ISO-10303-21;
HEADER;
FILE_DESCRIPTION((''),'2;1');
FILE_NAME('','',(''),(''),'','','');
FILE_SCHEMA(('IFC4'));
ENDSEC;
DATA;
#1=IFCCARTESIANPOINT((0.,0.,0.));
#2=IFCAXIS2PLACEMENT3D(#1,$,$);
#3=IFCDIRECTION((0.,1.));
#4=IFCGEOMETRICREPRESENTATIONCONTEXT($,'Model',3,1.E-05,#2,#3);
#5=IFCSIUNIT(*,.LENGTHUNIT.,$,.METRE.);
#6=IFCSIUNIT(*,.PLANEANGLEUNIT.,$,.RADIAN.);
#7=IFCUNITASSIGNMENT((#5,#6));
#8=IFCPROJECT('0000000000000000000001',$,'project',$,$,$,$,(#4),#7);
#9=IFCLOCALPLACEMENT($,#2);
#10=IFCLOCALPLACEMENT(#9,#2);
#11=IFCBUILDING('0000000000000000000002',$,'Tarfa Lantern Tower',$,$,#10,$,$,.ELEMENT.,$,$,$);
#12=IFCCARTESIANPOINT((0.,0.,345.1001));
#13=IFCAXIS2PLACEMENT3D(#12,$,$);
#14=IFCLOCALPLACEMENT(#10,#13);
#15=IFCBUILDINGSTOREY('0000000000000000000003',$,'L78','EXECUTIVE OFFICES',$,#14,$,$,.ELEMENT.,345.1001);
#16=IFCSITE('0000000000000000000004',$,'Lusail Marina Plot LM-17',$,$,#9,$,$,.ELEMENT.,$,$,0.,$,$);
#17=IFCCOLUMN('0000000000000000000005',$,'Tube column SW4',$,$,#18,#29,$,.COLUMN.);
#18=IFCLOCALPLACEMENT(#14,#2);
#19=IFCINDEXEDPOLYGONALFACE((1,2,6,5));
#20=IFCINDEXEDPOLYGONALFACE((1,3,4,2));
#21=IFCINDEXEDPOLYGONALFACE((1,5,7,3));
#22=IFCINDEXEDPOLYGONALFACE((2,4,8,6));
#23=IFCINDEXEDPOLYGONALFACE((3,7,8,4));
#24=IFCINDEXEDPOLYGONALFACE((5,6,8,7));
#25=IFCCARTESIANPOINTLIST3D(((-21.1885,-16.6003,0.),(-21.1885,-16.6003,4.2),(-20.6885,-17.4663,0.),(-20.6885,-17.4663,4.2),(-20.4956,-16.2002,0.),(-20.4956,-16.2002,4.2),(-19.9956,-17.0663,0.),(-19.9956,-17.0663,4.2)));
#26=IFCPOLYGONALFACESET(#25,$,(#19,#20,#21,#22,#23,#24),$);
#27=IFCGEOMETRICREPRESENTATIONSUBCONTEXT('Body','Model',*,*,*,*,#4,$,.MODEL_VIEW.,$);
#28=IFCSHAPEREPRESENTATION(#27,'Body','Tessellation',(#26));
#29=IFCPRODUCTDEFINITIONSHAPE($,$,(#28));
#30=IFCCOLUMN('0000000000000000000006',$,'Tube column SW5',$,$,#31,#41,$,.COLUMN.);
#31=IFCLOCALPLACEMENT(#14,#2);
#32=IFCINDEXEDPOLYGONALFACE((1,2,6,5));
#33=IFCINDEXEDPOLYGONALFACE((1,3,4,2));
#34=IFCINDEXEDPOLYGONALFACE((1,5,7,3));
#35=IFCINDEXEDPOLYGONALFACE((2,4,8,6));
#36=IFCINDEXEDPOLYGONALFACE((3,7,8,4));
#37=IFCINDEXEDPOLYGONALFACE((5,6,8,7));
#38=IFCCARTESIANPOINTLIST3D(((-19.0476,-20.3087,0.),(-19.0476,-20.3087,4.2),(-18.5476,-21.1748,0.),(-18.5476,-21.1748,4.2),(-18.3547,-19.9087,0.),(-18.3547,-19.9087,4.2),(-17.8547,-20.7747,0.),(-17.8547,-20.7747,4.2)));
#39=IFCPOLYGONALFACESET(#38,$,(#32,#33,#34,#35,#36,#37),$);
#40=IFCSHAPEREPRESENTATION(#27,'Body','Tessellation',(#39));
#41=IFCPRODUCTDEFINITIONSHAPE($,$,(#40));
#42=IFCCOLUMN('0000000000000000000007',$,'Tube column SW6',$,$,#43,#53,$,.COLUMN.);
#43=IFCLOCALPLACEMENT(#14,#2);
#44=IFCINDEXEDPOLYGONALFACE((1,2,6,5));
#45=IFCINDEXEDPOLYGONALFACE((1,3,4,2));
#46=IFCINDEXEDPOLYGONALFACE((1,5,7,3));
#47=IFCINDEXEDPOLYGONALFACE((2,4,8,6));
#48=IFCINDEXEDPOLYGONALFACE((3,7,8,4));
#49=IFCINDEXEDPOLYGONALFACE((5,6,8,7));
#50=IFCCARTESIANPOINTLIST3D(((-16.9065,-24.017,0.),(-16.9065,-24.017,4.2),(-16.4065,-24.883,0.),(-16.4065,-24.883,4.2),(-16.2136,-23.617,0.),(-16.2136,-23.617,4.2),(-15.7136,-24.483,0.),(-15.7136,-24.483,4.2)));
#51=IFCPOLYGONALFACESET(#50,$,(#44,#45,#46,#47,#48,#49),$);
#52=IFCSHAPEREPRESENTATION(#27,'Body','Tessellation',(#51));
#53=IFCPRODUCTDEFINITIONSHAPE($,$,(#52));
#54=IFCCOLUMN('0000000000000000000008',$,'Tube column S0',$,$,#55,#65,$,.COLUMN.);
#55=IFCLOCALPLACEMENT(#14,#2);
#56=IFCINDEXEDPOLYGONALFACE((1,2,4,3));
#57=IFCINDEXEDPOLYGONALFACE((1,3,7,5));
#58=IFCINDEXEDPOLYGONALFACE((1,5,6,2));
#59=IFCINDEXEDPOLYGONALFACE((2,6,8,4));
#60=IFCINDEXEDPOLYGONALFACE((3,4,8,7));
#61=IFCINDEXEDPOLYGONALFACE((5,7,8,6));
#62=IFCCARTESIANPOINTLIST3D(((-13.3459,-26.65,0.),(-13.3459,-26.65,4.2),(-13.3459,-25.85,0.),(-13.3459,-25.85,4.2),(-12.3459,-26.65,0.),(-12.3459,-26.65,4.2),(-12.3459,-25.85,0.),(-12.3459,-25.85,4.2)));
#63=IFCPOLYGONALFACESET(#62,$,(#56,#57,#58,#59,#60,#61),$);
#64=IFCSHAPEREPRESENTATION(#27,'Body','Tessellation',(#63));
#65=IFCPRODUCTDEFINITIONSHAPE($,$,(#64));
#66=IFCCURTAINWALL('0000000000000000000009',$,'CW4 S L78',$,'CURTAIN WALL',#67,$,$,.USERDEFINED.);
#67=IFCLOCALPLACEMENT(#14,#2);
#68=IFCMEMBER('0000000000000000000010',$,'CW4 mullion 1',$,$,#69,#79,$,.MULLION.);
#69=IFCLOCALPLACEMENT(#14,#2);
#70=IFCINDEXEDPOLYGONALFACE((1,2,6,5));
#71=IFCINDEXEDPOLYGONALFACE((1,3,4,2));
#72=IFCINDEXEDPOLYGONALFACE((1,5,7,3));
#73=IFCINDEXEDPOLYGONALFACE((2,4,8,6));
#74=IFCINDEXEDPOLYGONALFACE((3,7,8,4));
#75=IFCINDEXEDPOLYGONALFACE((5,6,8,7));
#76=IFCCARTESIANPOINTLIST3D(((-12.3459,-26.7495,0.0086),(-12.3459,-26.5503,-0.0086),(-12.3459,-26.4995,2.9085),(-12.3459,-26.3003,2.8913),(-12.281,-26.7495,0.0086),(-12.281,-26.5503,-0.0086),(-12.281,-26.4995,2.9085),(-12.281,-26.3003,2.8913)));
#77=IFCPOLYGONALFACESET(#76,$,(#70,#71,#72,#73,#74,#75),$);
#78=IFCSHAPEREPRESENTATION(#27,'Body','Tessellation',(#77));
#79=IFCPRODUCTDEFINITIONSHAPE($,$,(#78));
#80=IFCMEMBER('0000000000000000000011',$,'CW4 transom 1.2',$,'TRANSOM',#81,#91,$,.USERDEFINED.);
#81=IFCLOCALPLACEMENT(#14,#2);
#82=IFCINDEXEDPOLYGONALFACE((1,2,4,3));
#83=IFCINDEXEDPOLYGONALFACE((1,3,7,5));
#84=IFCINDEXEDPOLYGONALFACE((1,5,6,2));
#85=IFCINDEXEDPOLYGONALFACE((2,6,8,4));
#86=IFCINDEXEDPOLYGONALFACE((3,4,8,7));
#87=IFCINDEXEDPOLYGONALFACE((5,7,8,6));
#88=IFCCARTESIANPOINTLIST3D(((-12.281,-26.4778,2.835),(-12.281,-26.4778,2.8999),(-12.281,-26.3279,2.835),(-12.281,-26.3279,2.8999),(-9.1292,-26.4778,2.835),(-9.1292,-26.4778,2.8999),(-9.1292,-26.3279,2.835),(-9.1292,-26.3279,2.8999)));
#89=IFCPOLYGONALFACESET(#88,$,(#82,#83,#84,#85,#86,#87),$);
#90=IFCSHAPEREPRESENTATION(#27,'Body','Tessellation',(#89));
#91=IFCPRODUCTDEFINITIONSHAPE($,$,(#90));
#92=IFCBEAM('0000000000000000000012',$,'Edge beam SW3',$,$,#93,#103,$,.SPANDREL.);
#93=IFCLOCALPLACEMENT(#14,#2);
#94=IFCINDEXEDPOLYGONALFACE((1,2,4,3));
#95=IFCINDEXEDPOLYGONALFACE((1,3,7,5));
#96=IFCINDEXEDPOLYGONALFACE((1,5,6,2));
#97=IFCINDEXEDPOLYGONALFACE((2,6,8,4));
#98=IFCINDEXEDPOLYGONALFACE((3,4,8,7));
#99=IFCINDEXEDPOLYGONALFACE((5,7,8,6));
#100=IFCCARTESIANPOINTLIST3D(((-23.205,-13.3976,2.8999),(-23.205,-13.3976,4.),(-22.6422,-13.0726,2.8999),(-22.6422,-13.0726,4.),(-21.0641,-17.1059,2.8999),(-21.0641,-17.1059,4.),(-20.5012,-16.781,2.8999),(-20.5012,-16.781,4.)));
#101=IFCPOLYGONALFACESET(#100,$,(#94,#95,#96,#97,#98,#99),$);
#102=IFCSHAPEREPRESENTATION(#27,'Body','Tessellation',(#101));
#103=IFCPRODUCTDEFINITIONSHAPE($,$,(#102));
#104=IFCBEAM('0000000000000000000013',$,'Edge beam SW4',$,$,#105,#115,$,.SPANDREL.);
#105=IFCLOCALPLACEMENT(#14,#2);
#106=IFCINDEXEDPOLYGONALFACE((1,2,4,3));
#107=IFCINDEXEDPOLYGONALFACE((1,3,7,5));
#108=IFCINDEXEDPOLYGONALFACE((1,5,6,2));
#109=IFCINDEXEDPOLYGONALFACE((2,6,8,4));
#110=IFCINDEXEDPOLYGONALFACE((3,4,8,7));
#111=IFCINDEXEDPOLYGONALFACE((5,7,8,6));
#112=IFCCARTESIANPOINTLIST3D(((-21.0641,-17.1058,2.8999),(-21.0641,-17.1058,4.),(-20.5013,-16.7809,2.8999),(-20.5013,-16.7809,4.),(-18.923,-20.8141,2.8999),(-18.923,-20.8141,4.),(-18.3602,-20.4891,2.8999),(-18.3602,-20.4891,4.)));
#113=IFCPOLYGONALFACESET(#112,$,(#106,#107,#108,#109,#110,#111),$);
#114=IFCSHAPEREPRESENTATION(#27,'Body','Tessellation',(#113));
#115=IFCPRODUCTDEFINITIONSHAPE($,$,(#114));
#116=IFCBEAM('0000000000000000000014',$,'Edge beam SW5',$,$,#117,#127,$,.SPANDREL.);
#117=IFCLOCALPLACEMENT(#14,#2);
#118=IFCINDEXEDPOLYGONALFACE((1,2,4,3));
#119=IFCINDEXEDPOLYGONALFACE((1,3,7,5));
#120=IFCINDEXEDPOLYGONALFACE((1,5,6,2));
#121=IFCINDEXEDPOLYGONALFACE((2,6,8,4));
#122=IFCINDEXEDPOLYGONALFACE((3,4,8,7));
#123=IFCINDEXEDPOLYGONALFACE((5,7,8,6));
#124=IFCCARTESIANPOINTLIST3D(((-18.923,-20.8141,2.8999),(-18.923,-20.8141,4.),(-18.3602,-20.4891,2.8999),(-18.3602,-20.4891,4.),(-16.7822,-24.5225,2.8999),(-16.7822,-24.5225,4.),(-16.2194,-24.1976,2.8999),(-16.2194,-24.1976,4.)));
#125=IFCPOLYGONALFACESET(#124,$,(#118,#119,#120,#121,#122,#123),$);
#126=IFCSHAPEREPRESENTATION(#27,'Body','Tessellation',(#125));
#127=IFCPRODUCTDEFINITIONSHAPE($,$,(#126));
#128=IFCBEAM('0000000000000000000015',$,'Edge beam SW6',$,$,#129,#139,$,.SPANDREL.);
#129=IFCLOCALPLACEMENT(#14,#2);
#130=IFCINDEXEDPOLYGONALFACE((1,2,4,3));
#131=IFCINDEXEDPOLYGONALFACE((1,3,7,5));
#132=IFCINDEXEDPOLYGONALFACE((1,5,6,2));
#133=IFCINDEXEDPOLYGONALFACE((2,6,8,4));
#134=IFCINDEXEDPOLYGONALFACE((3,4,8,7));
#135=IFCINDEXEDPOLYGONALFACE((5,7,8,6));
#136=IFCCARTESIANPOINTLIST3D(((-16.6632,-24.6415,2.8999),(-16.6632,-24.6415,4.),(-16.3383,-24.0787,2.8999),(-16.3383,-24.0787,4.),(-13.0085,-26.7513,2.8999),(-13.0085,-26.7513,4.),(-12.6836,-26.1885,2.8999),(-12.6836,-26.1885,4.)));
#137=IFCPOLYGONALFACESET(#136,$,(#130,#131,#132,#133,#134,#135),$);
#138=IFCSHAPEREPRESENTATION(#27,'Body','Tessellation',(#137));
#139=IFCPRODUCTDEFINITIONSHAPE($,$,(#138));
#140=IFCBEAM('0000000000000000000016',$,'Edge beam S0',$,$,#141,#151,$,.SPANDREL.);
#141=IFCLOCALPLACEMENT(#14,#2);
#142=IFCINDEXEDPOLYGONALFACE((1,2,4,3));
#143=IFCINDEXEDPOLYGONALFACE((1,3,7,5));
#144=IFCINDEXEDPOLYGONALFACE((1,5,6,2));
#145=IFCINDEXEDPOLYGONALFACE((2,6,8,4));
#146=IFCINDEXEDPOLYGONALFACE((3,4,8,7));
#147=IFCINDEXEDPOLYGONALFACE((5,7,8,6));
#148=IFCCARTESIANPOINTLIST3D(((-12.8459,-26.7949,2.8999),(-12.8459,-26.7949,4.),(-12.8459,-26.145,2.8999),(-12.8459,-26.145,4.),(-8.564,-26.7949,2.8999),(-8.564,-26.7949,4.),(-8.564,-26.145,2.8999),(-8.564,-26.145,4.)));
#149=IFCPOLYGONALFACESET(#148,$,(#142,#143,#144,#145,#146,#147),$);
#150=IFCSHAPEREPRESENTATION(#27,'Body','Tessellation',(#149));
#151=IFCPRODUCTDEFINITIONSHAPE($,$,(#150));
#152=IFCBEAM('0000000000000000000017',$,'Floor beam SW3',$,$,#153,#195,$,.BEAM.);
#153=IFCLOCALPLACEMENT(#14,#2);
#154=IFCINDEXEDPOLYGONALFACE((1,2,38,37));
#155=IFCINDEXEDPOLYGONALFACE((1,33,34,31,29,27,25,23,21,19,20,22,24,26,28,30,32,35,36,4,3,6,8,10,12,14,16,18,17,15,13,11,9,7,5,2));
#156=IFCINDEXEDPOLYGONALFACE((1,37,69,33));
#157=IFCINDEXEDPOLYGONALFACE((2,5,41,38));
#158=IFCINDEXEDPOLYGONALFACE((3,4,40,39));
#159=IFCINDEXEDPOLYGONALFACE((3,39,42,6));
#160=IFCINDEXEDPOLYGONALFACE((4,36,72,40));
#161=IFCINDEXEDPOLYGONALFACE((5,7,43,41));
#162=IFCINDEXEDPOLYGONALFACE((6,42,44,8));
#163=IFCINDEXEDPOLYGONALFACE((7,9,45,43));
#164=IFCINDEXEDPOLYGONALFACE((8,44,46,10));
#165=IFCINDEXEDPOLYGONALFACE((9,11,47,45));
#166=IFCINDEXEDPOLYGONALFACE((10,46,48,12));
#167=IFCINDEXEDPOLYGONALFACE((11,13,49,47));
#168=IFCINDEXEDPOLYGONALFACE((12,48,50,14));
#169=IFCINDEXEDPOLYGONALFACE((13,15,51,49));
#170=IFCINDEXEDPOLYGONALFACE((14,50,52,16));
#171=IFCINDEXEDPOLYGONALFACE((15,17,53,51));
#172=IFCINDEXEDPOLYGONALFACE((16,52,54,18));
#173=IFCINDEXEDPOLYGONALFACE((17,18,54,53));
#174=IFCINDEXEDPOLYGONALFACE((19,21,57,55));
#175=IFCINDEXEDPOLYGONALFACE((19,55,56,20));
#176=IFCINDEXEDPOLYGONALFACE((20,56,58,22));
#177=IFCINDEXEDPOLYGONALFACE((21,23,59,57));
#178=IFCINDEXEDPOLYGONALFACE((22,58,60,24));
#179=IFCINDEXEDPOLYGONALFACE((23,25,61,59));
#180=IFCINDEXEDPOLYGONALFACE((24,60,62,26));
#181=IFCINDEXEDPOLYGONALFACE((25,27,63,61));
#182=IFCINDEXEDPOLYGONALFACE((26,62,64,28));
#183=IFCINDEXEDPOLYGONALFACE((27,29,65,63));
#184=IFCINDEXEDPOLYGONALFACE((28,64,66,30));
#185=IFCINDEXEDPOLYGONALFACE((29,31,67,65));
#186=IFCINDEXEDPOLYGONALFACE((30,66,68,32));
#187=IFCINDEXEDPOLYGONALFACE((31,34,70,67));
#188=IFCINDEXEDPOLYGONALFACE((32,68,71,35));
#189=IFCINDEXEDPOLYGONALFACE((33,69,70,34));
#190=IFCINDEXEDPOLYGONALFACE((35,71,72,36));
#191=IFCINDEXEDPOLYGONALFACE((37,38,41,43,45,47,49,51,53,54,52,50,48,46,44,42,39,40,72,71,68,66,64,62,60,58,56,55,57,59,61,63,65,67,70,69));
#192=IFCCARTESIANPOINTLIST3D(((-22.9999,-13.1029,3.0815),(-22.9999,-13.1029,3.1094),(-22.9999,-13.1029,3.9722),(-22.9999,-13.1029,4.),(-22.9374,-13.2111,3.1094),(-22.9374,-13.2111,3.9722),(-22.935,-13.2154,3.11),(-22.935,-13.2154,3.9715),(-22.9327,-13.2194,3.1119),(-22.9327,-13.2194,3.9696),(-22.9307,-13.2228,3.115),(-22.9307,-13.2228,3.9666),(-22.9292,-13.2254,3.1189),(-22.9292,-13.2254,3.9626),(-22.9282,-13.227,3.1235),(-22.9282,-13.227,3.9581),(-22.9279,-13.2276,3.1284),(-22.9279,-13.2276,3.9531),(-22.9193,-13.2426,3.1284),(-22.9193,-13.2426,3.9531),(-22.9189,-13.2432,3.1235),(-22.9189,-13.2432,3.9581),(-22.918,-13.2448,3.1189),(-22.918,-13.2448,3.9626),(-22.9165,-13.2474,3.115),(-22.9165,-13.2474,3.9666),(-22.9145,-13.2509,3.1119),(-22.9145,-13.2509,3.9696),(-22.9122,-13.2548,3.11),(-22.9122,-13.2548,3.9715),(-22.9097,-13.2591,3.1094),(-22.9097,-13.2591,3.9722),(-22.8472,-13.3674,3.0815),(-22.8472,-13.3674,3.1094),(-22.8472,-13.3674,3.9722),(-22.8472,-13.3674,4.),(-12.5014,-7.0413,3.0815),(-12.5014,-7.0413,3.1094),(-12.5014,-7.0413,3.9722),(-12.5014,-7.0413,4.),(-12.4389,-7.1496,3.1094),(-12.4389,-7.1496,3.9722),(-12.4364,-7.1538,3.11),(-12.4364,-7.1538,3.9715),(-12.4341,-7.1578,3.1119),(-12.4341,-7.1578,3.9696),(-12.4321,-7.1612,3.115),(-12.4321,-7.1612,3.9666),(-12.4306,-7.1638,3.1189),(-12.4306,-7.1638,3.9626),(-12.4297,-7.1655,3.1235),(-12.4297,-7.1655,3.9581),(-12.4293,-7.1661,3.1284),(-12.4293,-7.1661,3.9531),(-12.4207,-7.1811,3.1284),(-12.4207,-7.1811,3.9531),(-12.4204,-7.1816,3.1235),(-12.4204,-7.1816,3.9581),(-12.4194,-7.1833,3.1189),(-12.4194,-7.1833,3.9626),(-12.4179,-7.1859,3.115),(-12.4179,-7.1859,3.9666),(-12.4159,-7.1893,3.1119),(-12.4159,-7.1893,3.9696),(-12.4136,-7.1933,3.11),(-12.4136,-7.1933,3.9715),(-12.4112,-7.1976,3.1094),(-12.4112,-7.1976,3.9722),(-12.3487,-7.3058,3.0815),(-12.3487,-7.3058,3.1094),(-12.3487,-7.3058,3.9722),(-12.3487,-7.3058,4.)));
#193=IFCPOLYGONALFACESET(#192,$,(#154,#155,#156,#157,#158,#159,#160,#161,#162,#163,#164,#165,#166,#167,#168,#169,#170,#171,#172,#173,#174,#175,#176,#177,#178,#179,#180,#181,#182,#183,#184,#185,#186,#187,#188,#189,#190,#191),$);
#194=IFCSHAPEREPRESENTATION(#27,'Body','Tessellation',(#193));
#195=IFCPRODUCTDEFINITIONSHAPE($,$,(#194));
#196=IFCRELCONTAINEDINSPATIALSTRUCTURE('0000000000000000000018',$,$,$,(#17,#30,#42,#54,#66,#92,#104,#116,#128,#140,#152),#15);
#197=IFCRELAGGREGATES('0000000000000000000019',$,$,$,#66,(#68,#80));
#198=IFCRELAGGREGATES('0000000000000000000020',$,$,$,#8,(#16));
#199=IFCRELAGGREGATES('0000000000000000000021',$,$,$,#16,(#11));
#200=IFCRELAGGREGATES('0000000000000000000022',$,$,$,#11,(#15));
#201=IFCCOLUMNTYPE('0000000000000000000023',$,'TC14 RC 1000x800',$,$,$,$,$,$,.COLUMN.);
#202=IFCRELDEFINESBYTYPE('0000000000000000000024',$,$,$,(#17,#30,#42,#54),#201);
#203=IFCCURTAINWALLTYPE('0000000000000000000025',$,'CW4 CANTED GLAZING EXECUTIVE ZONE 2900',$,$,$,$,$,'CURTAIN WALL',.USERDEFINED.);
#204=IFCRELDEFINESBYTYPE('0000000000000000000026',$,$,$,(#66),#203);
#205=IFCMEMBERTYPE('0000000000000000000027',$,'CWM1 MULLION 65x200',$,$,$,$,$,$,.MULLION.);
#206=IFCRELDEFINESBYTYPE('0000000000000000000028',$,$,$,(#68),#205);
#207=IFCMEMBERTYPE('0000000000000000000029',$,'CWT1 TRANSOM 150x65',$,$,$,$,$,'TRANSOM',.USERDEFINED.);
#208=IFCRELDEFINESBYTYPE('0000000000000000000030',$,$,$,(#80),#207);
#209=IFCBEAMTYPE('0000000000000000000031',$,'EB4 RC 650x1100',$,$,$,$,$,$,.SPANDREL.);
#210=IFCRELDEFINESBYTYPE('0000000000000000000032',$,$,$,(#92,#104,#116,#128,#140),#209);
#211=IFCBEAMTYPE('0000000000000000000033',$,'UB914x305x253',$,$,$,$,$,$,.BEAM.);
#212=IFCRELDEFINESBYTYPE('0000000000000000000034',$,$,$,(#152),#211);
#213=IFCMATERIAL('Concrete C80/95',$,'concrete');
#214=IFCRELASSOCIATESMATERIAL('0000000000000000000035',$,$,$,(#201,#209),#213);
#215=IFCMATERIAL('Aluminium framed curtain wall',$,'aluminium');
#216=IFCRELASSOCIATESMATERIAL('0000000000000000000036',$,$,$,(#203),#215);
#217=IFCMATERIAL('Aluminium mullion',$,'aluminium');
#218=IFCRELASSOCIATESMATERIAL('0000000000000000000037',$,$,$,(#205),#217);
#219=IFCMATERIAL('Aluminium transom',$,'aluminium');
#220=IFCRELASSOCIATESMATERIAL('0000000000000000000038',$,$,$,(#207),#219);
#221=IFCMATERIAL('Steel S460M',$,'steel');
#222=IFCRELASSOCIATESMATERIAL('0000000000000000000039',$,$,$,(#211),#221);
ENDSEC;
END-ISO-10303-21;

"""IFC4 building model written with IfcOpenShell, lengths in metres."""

from ifc_helpers import new_model, si_unit, direction, frame, origin, origin_2d, place, context, subcontext, project, spatial, rectangle, i_section, extrude, material, material_profile, profile_set, type_object, element, aggregate, save


model = new_model("IFC4")

# Units and contexts
model_context = context("Model", 3, precision=1e-05, world=origin(), true_north=direction((0.0, 1.0)))
body_context = subcontext(model_context, "Body", "Model", "MODEL_VIEW")
ifc_project = project(units=[si_unit("LENGTHUNIT", "METRE"), si_unit("PLANEANGLEUNIT", "RADIAN")], contexts=[model_context])

# Site, building, storey
site_placement = place(None, origin())
site = spatial("IfcSite", under=ifc_project, at=site_placement, Name="Lusail Marina Plot LM-17", CompositionType="ELEMENT", RefElevation=0.0)
building_placement = place(site_placement, origin())
building = spatial("IfcBuilding", under=site, at=building_placement, Name="Tarfa Lantern Tower", CompositionType="ELEMENT")
storey_placement = place(building_placement, frame((0.0, 0.0, 345.1001)))
storey = spatial("IfcBuildingStorey", under=building, at=storey_placement, Name="L78", Description="EXECUTIVE OFFICES", CompositionType="ELEMENT", Elevation=345.1001)

# Columns
ifc_material_1 = material(Name="Concrete C80/95", Category="concrete")
ifc_material_profile_1 = material_profile(ifc_material_1, rectangle(XDim=1.0, YDim=0.8, at=origin_2d()), Name="RC 1000x800")
ifc_profile_set_1 = profile_set([ifc_material_profile_1], Name="Concrete C80/95")
column_type = type_object("IfcColumnType", Name="TC14 RC 1000x800", PredefinedType="COLUMN", material=ifc_profile_set_1)
for number, where, z_axis, x_axis, name in (
    (1, (-20.592, -16.8333, 0.0), (0.0, 0.0, 1.0), (0.5, -0.866025, 0.0), "Tube column SW4"),
    (2, (-18.4512, -20.5417, 0.0), (0.0, 0.0, 1.0), (0.5, -0.866025, 0.0), "Tube column SW5"),
    (3, (-16.3101, -24.25, 0.0), (0.0, 0.0, 1.0), (0.5, -0.866025, 0.0), "Tube column SW6"),
    (4, (-12.8459, -26.25, 0.0), (0.0, 0.0, 1.0), (1.0, 0.0, 0.0), "Tube column S0"),
):
    element("IfcColumn", number, at=place(storey_placement, frame(where, z_axis=z_axis, x_axis=x_axis)), inside=storey, type_object=column_type, Name=name, PredefinedType="COLUMN", context=body_context, shape_type="SweptSolid", body=[
        extrude(rectangle(XDim=1.0, YDim=0.8, at=origin_2d()), origin(), (0.0, 0.0, 1.0), 4.2),
    ])

# Curtain wall, members
ifc_material_2 = material(Name="Aluminium framed curtain wall", Category="aluminium")
curtain_wall_type = type_object("IfcCurtainWallType", Name="CW4 CANTED GLAZING EXECUTIVE ZONE 2900", ElementType="CURTAIN WALL", PredefinedType="USERDEFINED", material=ifc_material_2)
curtain_wall_placement = place(storey_placement, origin())
curtain_wall = element("IfcCurtainWall", 5, at=curtain_wall_placement, inside=storey, type_object=curtain_wall_type, Name="CW4 S L78", ObjectType="CURTAIN WALL", PredefinedType="USERDEFINED")
ifc_material_3 = material(Name="Aluminium mullion", Category="aluminium")
ifc_material_profile_2 = material_profile(ifc_material_3, rectangle(XDim=0.0649, YDim=0.2, at=origin_2d()), Name="AL MULLION 65x200")
ifc_profile_set_2 = profile_set([ifc_material_profile_2], Name="Aluminium mullion")
member_type_1 = type_object("IfcMemberType", Name="CWM1 MULLION 65x200", PredefinedType="MULLION", material=ifc_profile_set_2)
member_1_placement = place(storey_placement, frame((-12.3135, -26.6499, 0.0), z_axis=(0.0, 0.085891, 0.996305), x_axis=(-1.0, 0.0, 0.0)))
member_1 = element("IfcMember", 6, at=member_1_placement, type_object=member_type_1, Name="CW4 mullion 1", PredefinedType="MULLION", context=body_context, shape_type="SweptSolid", body=[
    extrude(rectangle(XDim=0.0649, YDim=0.2, at=origin_2d()), origin(), (0.0, 0.0, 1.0), 2.9106),
])
ifc_material_4 = material(Name="Aluminium transom", Category="aluminium")
ifc_material_profile_3 = material_profile(ifc_material_4, rectangle(XDim=0.1499, YDim=0.0649, at=origin_2d()), Name="AL TRANSOM 150x65")
ifc_profile_set_3 = profile_set([ifc_material_profile_3], Name="Aluminium transom")
member_type_2 = type_object("IfcMemberType", Name="CWT1 TRANSOM 150x65", ElementType="TRANSOM", PredefinedType="USERDEFINED", material=ifc_profile_set_3)
member_2_placement = place(storey_placement, frame((-12.281, -26.4028, 2.8674), z_axis=(1.0, 0.0, 0.0), x_axis=(0.0, 1.0, 0.0)))
member_2 = element("IfcMember", 7, at=member_2_placement, type_object=member_type_2, Name="CW4 transom 1.2", ObjectType="TRANSOM", PredefinedType="USERDEFINED", context=body_context, shape_type="SweptSolid", body=[
    extrude(rectangle(XDim=0.1499, YDim=0.0649, at=origin_2d()), origin(), (0.0, 0.0, 1.0), 3.1519),
])

# Beams
ifc_material_profile_4 = material_profile(ifc_material_1, rectangle(XDim=0.6499, YDim=1.1001, at=origin_2d()), Name="RC 650x1100")
ifc_profile_set_4 = profile_set([ifc_material_profile_4], Name="Concrete C80/95")
beam_type_1 = type_object("IfcBeamType", Name="EB4 RC 650x1100", PredefinedType="SPANDREL", material=ifc_profile_set_4)
for number, where, z_axis, x_axis, name in (
    (8, (-22.9236, -13.2351, 3.45), (0.499984, -0.866035, 0.0), (0.866035, 0.499984, 0.0), "Edge beam SW3"),
    (9, (-20.7827, -16.9434, 3.45), (0.500027, -0.86601, 0.0), (0.86601, 0.500027, 0.0), "Edge beam SW4"),
    (10, (-18.6416, -20.6516, 3.45), (0.499959, -0.866049, 0.0), (0.866049, 0.499959, 0.0), "Edge beam SW5"),
):
    element("IfcBeam", number, at=place(storey_placement, frame(where, z_axis=z_axis, x_axis=x_axis)), inside=storey, type_object=beam_type_1, Name=name, PredefinedType="SPANDREL", context=body_context, shape_type="SweptSolid", body=[
        extrude(rectangle(XDim=0.6499, YDim=1.1001, at=origin_2d()), origin(), (0.0, 0.0, 1.0), 4.282),
    ])
beam_1_placement = place(storey_placement, frame((-16.5007, -24.3601, 3.45), z_axis=(0.866049, -0.499959, 0.0), x_axis=(0.499959, 0.866049, 0.0)))
element("IfcBeam", 11, at=beam_1_placement, inside=storey, type_object=beam_type_1, Name="Edge beam SW6", PredefinedType="SPANDREL", context=body_context, shape_type="SweptSolid", body=[
    extrude(rectangle(XDim=0.6499, YDim=1.1001, at=origin_2d()), origin(), (0.0, 0.0, 1.0), 4.22),
])
beam_2_placement = place(storey_placement, frame((-12.8459, -26.47, 3.45), z_axis=(1.0, 0.0, 0.0), x_axis=(0.0, 1.0, 0.0)))
element("IfcBeam", 12, at=beam_2_placement, inside=storey, type_object=beam_type_1, Name="Edge beam S0", PredefinedType="SPANDREL", context=body_context, shape_type="SweptSolid", body=[
    extrude(rectangle(XDim=0.6499, YDim=1.1001, at=origin_2d()), origin(), (0.0, 0.0, 1.0), 4.282),
])
ifc_material_5 = material(Name="Steel S460M", Category="steel")
ifc_material_profile_5 = material_profile(ifc_material_5, i_section(OverallWidth=0.3054, OverallDepth=0.9185, WebThickness=0.0173, FlangeThickness=0.0278, FilletRadius=0.019, at=origin_2d()), Name="UB914x305x253")
ifc_profile_set_5 = profile_set([ifc_material_profile_5], Name="Steel S460M")
beam_type_2 = type_object("IfcBeamType", Name="UB914x305x253", PredefinedType="BEAM", material=ifc_profile_set_5)
beam_3_placement = place(storey_placement, frame((-22.9236, -13.2351, 3.5408), z_axis=(0.866019, 0.500012, 0.0), x_axis=(-0.500012, 0.866019, 0.0)))
element("IfcBeam", 13, at=beam_3_placement, inside=storey, type_object=beam_type_2, Name="Floor beam SW3", PredefinedType="BEAM", context=body_context, shape_type="SweptSolid", body=[
    extrude(i_section(OverallWidth=0.3054, OverallDepth=0.9185, WebThickness=0.0173, FlangeThickness=0.0278, FilletRadius=0.019, at=origin_2d()), origin(), (0.0, 0.0, 1.0), 12.1228),
])

aggregate(curtain_wall, [member_1, member_2])

save(model, "model.ifc")
